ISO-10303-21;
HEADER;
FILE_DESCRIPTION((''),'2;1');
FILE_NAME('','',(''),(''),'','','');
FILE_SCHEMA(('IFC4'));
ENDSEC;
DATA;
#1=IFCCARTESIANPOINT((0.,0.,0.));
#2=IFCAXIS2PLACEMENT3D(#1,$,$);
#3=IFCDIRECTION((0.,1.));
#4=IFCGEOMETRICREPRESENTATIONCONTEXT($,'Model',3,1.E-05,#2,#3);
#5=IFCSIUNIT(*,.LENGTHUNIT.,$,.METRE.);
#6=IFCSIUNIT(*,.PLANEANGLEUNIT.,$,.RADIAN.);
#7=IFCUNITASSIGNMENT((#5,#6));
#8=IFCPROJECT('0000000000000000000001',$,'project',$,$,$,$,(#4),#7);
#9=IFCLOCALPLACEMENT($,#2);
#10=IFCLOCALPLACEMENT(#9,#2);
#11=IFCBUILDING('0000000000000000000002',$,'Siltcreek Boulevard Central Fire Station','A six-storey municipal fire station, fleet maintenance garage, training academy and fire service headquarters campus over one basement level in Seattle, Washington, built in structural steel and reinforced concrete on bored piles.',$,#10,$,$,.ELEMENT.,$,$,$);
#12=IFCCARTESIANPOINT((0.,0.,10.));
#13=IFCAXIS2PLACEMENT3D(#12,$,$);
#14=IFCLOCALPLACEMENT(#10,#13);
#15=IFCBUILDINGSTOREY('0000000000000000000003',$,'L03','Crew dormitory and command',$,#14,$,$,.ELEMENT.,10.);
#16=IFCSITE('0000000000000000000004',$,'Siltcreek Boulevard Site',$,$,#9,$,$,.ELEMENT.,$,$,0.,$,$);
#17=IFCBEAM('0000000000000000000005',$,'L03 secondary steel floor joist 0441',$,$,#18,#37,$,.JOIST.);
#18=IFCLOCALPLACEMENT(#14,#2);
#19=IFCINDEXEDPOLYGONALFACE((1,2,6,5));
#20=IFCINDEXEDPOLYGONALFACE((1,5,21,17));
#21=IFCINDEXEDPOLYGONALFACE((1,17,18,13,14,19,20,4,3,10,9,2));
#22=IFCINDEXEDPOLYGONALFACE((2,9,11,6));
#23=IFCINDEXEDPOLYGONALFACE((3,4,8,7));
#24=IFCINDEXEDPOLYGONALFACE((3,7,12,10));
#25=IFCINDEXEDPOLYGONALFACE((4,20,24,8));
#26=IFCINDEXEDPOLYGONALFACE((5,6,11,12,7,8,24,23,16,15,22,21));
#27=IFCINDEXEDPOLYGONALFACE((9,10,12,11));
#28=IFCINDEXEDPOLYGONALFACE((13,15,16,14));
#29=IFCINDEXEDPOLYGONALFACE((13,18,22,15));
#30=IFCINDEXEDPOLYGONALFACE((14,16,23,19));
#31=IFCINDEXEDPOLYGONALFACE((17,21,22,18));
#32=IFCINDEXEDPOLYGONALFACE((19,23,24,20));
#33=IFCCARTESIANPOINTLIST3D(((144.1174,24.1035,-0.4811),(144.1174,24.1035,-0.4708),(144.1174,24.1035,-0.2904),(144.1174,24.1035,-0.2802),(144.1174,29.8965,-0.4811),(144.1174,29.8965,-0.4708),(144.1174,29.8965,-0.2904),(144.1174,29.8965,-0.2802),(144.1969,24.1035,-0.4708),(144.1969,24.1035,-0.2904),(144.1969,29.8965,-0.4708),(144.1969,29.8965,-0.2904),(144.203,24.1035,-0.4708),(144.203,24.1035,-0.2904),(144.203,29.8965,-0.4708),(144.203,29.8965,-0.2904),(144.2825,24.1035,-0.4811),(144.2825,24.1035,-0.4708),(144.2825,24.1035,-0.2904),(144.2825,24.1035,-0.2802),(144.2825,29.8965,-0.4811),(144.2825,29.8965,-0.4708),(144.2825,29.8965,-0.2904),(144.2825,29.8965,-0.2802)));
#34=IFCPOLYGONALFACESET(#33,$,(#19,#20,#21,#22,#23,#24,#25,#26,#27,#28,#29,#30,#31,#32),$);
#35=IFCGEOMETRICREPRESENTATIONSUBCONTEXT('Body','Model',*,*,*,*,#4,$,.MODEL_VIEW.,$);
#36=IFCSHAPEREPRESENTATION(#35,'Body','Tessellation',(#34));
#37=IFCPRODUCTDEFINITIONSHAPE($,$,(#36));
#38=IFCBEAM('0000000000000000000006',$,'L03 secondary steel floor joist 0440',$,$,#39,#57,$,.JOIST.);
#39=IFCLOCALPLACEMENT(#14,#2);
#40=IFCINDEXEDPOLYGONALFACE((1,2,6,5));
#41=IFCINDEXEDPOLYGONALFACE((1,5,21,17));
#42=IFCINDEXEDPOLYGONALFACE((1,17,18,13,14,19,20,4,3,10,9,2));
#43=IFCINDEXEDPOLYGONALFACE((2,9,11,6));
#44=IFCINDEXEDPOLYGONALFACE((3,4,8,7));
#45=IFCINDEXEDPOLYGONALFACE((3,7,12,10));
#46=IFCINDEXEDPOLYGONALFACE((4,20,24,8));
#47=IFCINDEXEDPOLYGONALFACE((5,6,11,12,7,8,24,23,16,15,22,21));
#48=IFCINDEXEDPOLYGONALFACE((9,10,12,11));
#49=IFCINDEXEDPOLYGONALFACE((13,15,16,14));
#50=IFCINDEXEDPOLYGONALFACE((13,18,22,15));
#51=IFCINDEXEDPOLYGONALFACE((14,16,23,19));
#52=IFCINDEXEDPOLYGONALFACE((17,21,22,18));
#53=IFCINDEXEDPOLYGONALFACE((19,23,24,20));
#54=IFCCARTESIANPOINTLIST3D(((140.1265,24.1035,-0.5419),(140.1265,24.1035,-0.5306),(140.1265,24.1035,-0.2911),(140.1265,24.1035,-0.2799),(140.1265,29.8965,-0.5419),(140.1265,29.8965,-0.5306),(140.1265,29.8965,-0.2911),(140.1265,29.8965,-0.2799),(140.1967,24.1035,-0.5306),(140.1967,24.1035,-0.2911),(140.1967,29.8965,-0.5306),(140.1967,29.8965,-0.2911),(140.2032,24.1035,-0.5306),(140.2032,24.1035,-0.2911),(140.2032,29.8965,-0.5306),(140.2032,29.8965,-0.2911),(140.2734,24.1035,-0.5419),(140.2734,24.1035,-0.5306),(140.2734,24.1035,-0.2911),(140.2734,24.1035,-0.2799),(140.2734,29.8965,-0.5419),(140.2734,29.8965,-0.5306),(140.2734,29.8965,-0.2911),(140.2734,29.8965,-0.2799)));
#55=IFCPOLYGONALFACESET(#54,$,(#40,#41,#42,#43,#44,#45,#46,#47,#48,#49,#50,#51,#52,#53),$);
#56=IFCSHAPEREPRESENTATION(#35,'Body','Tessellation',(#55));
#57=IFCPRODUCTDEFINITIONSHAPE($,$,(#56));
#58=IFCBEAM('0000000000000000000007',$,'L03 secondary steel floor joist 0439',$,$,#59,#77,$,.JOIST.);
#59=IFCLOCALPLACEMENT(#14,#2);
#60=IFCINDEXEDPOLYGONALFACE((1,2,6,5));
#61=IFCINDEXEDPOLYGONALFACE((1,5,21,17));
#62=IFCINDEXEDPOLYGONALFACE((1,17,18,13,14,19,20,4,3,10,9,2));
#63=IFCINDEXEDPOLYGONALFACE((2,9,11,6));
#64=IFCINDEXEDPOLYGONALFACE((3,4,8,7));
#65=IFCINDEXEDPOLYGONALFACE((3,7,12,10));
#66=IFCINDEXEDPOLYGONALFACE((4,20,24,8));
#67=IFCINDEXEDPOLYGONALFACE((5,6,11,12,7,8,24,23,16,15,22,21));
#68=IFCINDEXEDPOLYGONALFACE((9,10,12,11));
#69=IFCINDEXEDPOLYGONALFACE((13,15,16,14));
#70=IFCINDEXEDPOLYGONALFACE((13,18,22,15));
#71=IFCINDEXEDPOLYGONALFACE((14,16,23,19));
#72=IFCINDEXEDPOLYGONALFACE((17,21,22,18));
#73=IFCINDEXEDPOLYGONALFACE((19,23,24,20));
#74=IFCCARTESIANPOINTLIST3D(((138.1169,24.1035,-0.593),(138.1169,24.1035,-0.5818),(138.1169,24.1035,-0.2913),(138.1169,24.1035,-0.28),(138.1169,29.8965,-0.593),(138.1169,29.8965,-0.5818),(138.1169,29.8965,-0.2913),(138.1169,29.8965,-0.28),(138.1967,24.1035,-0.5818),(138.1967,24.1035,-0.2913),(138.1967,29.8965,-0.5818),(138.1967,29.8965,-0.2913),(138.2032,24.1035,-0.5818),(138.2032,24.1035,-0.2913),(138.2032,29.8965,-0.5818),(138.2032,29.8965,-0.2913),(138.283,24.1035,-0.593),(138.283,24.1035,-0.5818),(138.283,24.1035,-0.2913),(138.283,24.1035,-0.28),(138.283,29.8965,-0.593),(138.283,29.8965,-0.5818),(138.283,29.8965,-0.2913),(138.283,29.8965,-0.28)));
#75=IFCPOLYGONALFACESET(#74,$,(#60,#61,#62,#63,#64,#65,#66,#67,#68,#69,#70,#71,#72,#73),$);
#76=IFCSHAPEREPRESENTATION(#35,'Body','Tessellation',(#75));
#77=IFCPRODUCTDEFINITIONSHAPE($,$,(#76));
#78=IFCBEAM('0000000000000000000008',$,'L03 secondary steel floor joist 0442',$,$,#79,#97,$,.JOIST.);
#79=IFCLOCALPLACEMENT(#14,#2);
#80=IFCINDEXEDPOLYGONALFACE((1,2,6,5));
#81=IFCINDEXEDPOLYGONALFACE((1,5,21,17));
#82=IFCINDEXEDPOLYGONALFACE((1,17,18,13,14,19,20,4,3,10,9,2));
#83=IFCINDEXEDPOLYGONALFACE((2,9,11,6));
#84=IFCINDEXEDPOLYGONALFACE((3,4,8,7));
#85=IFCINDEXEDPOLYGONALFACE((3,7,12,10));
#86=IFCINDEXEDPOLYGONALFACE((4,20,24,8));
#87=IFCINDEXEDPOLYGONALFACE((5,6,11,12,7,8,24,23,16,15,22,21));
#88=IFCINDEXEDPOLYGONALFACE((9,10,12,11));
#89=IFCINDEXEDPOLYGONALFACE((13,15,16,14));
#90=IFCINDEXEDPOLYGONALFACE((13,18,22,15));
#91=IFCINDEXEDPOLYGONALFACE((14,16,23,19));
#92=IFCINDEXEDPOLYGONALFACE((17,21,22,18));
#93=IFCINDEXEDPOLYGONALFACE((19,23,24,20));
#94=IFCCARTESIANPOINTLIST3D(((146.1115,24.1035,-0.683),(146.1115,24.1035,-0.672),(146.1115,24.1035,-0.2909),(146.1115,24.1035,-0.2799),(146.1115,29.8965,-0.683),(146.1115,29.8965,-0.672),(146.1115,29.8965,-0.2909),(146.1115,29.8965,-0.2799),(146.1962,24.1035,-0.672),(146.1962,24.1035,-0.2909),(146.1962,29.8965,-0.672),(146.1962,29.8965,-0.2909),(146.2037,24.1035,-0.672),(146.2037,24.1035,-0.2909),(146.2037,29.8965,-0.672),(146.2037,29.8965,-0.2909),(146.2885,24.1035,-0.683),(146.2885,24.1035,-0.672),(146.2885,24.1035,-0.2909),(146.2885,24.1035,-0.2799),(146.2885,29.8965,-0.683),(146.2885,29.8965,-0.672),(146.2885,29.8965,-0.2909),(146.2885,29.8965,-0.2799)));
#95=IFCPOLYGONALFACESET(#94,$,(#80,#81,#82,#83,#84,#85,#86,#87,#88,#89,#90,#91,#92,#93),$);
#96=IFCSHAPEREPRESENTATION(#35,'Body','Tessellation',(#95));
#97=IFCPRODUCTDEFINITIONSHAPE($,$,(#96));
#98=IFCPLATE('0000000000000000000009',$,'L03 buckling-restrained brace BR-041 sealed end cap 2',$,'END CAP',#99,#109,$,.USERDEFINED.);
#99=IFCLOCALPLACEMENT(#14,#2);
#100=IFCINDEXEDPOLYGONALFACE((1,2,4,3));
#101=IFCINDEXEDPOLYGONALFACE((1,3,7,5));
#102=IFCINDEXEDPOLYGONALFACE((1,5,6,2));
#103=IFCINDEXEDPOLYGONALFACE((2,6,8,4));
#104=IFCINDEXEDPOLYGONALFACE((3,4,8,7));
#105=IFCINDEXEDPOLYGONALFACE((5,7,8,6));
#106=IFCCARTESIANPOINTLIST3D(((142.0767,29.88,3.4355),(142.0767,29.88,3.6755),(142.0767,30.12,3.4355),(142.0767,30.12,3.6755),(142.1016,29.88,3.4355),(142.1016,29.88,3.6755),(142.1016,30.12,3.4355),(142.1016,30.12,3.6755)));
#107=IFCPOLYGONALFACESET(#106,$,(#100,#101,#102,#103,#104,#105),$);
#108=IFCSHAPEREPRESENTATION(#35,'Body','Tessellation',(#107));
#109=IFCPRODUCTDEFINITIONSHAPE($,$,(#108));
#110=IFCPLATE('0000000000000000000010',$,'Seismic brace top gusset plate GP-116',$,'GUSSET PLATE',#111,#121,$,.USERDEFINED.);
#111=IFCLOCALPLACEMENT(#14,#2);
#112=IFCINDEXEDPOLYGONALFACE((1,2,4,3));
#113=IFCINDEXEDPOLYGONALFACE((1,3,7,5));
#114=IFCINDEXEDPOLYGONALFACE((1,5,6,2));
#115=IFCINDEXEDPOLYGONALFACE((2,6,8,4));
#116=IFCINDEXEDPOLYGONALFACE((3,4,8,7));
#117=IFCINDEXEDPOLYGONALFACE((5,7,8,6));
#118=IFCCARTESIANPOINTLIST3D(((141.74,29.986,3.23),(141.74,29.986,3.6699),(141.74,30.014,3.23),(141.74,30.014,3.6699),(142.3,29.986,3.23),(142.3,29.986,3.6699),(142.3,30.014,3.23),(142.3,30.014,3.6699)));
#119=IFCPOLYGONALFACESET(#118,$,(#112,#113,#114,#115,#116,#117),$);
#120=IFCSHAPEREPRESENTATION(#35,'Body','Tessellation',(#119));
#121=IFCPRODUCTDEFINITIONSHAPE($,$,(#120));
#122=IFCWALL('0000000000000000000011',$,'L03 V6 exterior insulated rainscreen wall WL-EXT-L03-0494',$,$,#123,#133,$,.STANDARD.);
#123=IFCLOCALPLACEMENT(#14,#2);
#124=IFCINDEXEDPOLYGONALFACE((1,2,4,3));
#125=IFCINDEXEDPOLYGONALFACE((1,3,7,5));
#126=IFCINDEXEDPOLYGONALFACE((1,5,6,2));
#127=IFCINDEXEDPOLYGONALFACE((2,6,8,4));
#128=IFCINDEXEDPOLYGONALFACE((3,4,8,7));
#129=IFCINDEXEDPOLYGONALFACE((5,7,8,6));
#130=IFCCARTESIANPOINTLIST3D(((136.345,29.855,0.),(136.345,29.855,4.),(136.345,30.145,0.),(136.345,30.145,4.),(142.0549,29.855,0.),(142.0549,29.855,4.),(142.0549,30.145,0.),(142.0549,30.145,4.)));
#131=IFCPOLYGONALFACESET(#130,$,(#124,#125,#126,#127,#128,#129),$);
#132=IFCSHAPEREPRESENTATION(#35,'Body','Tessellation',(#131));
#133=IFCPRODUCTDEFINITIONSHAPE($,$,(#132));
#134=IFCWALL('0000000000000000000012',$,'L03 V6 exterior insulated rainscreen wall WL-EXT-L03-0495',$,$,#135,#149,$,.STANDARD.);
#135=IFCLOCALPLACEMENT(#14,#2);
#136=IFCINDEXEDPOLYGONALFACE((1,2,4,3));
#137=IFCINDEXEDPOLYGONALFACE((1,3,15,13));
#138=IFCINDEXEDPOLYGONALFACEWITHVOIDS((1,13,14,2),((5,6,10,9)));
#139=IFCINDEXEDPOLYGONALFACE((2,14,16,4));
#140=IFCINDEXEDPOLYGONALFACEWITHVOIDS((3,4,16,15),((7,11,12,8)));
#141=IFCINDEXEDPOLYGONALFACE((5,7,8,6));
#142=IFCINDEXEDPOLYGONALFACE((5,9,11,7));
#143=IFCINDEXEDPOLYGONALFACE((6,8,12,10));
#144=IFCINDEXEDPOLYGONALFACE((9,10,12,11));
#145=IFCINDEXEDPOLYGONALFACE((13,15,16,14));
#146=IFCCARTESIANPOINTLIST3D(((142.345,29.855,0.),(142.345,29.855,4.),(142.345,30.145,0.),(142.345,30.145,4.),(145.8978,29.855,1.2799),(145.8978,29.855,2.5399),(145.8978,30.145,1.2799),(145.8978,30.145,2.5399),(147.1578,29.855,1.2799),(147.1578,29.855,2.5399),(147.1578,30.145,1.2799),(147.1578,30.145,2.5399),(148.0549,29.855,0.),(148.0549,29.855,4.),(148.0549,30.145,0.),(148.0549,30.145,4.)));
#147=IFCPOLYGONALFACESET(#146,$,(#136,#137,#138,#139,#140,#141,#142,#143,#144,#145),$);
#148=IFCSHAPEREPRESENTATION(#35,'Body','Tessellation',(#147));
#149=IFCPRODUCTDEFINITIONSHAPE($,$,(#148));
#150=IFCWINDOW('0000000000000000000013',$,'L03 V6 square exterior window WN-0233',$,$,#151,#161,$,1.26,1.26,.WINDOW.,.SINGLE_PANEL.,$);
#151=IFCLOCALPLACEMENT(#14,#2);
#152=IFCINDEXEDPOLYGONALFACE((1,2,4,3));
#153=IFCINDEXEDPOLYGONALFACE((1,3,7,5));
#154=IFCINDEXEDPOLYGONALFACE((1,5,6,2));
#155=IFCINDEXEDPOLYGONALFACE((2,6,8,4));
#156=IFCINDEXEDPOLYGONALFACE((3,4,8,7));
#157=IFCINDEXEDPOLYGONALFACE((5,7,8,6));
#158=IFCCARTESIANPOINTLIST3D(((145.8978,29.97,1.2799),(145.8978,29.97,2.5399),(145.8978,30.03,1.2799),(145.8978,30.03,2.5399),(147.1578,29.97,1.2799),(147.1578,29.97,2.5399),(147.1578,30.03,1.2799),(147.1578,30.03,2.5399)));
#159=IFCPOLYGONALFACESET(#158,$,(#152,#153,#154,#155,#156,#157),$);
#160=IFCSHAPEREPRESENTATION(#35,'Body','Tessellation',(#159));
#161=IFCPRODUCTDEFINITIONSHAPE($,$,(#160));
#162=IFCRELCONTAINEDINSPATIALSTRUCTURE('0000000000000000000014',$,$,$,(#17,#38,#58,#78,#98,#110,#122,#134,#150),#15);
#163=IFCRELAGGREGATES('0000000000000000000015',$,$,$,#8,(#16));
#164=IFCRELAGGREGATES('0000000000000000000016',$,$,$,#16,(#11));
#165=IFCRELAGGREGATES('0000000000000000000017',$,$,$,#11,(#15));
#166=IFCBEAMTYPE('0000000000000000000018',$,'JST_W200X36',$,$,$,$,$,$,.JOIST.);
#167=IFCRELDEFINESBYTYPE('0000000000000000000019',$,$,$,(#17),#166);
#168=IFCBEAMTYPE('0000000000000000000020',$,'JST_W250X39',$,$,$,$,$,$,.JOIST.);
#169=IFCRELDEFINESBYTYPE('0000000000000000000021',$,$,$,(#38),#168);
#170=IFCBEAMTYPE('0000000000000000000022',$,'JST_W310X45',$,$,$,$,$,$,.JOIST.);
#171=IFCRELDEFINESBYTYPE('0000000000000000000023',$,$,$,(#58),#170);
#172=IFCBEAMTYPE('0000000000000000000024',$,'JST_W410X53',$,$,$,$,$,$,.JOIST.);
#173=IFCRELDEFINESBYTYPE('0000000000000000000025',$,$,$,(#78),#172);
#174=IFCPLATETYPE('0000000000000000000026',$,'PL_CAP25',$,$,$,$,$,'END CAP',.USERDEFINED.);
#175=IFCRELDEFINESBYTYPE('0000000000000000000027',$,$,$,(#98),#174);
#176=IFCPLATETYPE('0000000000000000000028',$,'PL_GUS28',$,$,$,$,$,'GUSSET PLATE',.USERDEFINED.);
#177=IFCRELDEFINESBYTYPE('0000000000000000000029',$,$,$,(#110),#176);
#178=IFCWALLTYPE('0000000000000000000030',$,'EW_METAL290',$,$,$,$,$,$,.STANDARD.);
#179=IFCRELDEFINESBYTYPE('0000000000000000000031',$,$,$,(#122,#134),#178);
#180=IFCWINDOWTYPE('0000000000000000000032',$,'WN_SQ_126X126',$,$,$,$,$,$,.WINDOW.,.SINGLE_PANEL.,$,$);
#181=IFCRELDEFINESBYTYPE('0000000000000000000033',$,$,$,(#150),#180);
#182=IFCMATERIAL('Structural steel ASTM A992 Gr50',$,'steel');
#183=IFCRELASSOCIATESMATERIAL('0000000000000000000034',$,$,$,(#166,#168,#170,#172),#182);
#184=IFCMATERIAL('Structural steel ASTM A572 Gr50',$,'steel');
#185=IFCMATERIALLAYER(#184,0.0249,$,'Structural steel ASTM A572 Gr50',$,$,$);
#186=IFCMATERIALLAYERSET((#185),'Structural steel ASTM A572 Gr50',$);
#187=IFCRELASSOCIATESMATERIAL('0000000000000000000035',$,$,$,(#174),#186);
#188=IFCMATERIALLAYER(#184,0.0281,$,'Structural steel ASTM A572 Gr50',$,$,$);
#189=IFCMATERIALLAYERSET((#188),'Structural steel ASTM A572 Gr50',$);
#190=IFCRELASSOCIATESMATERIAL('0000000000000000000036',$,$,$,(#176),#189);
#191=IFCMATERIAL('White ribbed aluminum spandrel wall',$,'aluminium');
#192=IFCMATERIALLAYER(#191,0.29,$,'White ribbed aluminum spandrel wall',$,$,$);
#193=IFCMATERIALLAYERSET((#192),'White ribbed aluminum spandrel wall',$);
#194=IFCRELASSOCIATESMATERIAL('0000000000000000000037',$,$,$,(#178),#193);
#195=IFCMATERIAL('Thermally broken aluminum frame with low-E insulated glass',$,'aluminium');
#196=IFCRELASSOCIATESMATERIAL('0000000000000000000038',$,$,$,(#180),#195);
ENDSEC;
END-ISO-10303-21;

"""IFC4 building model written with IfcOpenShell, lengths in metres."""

from ifc_helpers import new_model, si_unit, direction, frame, frame_2d, origin, origin_2d, place, context, subcontext, project, spatial, rectangle, i_section, extrude, material, layer, layer_set, material_profile, profile_set, type_object, element, fill, save


model = new_model("IFC4")

# Units and contexts
model_context = context("Model", 3, precision=1e-05, world=origin(), true_north=direction((0.0, 1.0)))
body_context = subcontext(model_context, "Body", "Model", "MODEL_VIEW")
ifc_project = project(units=[si_unit("LENGTHUNIT", "METRE"), si_unit("PLANEANGLEUNIT", "RADIAN")], contexts=[model_context])

# Site, building, storey
site_placement = place(None, origin())
site = spatial("IfcSite", under=ifc_project, at=site_placement, Name="Siltcreek Boulevard Site", CompositionType="ELEMENT", RefElevation=0.0)
building_placement = place(site_placement, origin())
building = spatial("IfcBuilding", under=site, at=building_placement, Name="Siltcreek Boulevard Central Fire Station", Description="A six-storey municipal fire station, fleet maintenance garage, training academy and fire service headquarters campus over one basement level in Seattle, Washington, built in structural steel and reinforced concrete on bored piles.", CompositionType="ELEMENT")
storey_placement = place(building_placement, frame((0.0, 0.0, 10.0)))
storey = spatial("IfcBuildingStorey", under=building, at=storey_placement, Name="L03", Description="Crew dormitory and command", CompositionType="ELEMENT", Elevation=10.0)

# Shared definitions
ifc_material_1 = material(Name="Structural steel ASTM A992 Gr50", Category="steel")

# Beams
ifc_material_profile_1 = material_profile(ifc_material_1, i_section(OverallWidth=0.165, OverallDepth=0.2009, WebThickness=0.0061, FlangeThickness=0.0103, at=origin_2d()), Name="W200X36")
ifc_profile_set_1 = profile_set([ifc_material_profile_1], Name="Structural steel ASTM A992 Gr50")
beam_type_1 = type_object("IfcBeamType", Name="JST_W200X36", PredefinedType="JOIST", material=ifc_profile_set_1)
beam_1_placement = place(storey_placement, frame((144.2, 24.1035, -0.3806), z_axis=(0.0, 1.0, 0.0), x_axis=(-1.0, 0.0, 0.0)))
element("IfcBeam", 1, at=beam_1_placement, inside=storey, type_object=beam_type_1, Name="L03 secondary steel floor joist 0441", PredefinedType="JOIST", context=body_context, shape_type="SweptSolid", body=[
    extrude(i_section(OverallWidth=0.165, OverallDepth=0.2009, WebThickness=0.0061, FlangeThickness=0.0103, at=origin_2d()), origin(), (0.0, 0.0, 1.0), 5.793),
])
ifc_material_profile_2 = material_profile(ifc_material_1, i_section(OverallWidth=0.147, OverallDepth=0.262, WebThickness=0.0066, FlangeThickness=0.0112, at=origin_2d()), Name="W250X39")
ifc_profile_set_2 = profile_set([ifc_material_profile_2], Name="Structural steel ASTM A992 Gr50")
beam_type_2 = type_object("IfcBeamType", Name="JST_W250X39", PredefinedType="JOIST", material=ifc_profile_set_2)
beam_2_placement = place(storey_placement, frame((140.2, 24.1035, -0.4109), z_axis=(0.0, 1.0, 0.0), x_axis=(-1.0, 0.0, 0.0)))
element("IfcBeam", 2, at=beam_2_placement, inside=storey, type_object=beam_type_2, Name="L03 secondary steel floor joist 0440", PredefinedType="JOIST", context=body_context, shape_type="SweptSolid", body=[
    extrude(i_section(OverallWidth=0.147, OverallDepth=0.262, WebThickness=0.0066, FlangeThickness=0.0112, at=origin_2d()), origin(), (0.0, 0.0, 1.0), 5.793),
])
ifc_material_profile_3 = material_profile(ifc_material_1, i_section(OverallWidth=0.166, OverallDepth=0.313, WebThickness=0.0066, FlangeThickness=0.0112, at=origin_2d()), Name="W310X45")
ifc_profile_set_3 = profile_set([ifc_material_profile_3], Name="Structural steel ASTM A992 Gr50")
beam_type_3 = type_object("IfcBeamType", Name="JST_W310X45", PredefinedType="JOIST", material=ifc_profile_set_3)
beam_3_placement = place(storey_placement, frame((138.2, 24.1035, -0.4365), z_axis=(0.0, 1.0, 0.0), x_axis=(-1.0, 0.0, 0.0)))
element("IfcBeam", 3, at=beam_3_placement, inside=storey, type_object=beam_type_3, Name="L03 secondary steel floor joist 0439", PredefinedType="JOIST", context=body_context, shape_type="SweptSolid", body=[
    extrude(i_section(OverallWidth=0.166, OverallDepth=0.313, WebThickness=0.0066, FlangeThickness=0.0112, at=origin_2d()), origin(), (0.0, 0.0, 1.0), 5.793),
])
ifc_material_profile_4 = material_profile(ifc_material_1, i_section(OverallWidth=0.177, OverallDepth=0.4031, WebThickness=0.0076, FlangeThickness=0.011, at=origin_2d()), Name="W410X53")
ifc_profile_set_4 = profile_set([ifc_material_profile_4], Name="Structural steel ASTM A992 Gr50")
beam_type_4 = type_object("IfcBeamType", Name="JST_W410X53", PredefinedType="JOIST", material=ifc_profile_set_4)
beam_4_placement = place(storey_placement, frame((146.2, 24.1035, -0.4814), z_axis=(0.0, 1.0, 0.0), x_axis=(-1.0, 0.0, 0.0)))
element("IfcBeam", 4, at=beam_4_placement, inside=storey, type_object=beam_type_4, Name="L03 secondary steel floor joist 0442", PredefinedType="JOIST", context=body_context, shape_type="SweptSolid", body=[
    extrude(i_section(OverallWidth=0.177, OverallDepth=0.4031, WebThickness=0.0076, FlangeThickness=0.011, at=origin_2d()), origin(), (0.0, 0.0, 1.0), 5.793),
])

# Plates
ifc_material_2 = material(Name="Structural steel ASTM A572 Gr50", Category="steel")
ifc_layer_1 = layer(ifc_material_2, 0.0249, Name="Structural steel ASTM A572 Gr50")
ifc_layer_set_1 = layer_set([ifc_layer_1], Name="Structural steel ASTM A572 Gr50")
plate_type_1 = type_object("IfcPlateType", Name="PL_CAP25", ElementType="END CAP", PredefinedType="USERDEFINED", material=ifc_layer_set_1)
plate_1_placement = place(storey_placement, frame((142.0891, 30.0, 3.4355), z_axis=(0.0, 0.0, 1.0), x_axis=(1.0, 0.0, 0.0)))
element("IfcPlate", 5, at=plate_1_placement, inside=storey, type_object=plate_type_1, Name="L03 buckling-restrained brace BR-041 sealed end cap 2", ObjectType="END CAP", PredefinedType="USERDEFINED", context=body_context, shape_type="SweptSolid", body=[
    extrude(rectangle(XDim=0.0249, YDim=0.24, at=origin_2d()), origin(), (0.0, 0.0, 1.0), 0.24),
])
ifc_layer_2 = layer(ifc_material_2, 0.0281, Name="Structural steel ASTM A572 Gr50")
ifc_layer_set_2 = layer_set([ifc_layer_2], Name="Structural steel ASTM A572 Gr50")
plate_type_2 = type_object("IfcPlateType", Name="PL_GUS28", ElementType="GUSSET PLATE", PredefinedType="USERDEFINED", material=ifc_layer_set_2)
plate_2_placement = place(storey_placement, frame((142.02, 30.0, 3.23), z_axis=(0.0, 0.0, 1.0), x_axis=(1.0, 0.0, 0.0)))
element("IfcPlate", 6, at=plate_2_placement, inside=storey, type_object=plate_type_2, Name="Seismic brace top gusset plate GP-116", ObjectType="GUSSET PLATE", PredefinedType="USERDEFINED", context=body_context, shape_type="SweptSolid", body=[
    extrude(rectangle(XDim=0.5601, YDim=0.0281, at=origin_2d()), origin(), (0.0, 0.0, 1.0), 0.4399),
])

# Wall
ifc_material_3 = material(Name="White ribbed aluminum spandrel wall", Category="aluminium")
ifc_layer_3 = layer(ifc_material_3, 0.29, Name="White ribbed aluminum spandrel wall")
ifc_layer_set_3 = layer_set([ifc_layer_3], Name="White ribbed aluminum spandrel wall")
wall_type_1 = type_object("IfcWallType", Name="EW_METAL290", PredefinedType="STANDARD", material=ifc_layer_set_3)
wall_1_placement = place(storey_placement, frame((142.0549, 30.0, 0.0), z_axis=(0.0, 0.0, 1.0), x_axis=(-1.0, 0.0, 0.0)))
element("IfcWall", 7, at=wall_1_placement, inside=storey, type_object=wall_type_1, Name="L03 V6 exterior insulated rainscreen wall WL-EXT-L03-0494", PredefinedType="STANDARD", context=body_context, shape_type="SweptSolid", body=[
    extrude(rectangle(XDim=5.71, YDim=0.29, at=frame_2d((2.855, 0.0))), origin(), (0.0, 0.0, 1.0), 4.0),
])

# Wall, opening, window
wall_2_placement = place(storey_placement, frame((148.0549, 30.0, 0.0), z_axis=(0.0, 0.0, 1.0), x_axis=(-1.0, 0.0, 0.0)))
wall_2 = element("IfcWall", 8, at=wall_2_placement, inside=storey, type_object=wall_type_1, Name="L03 V6 exterior insulated rainscreen wall WL-EXT-L03-0495", PredefinedType="STANDARD", context=body_context, shape_type="SweptSolid", body=[
    extrude(rectangle(XDim=5.71, YDim=0.29, at=frame_2d((2.855, 0.0))), origin(), (0.0, 0.0, 1.0), 4.0),
])
opening_1_placement = place(wall_2_placement, frame((0.8972, 0.0, 1.28)))
opening_1 = element("IfcOpeningElement", 9, at=opening_1_placement, cuts=wall_2, PredefinedType="OPENING", context=body_context, shape_type="SweptSolid", body=[
    extrude(rectangle(XDim=1.26, YDim=1.26, at=frame_2d((0.6299, 0.6299))), frame((0.0, 0.155, 0.0), z_axis=(0.0, -1.0, 0.0), x_axis=(1.0, 0.0, 0.0)), (0.0, 0.0, 1.0), 0.3101),
])
ifc_material_4 = material(Name="Thermally broken aluminum frame with low-E insulated glass", Category="aluminium")
window_type = type_object("IfcWindowType", Name="WN_SQ_126X126", PartitioningType="SINGLE_PANEL", PredefinedType="WINDOW", material=ifc_material_4)
window_placement = place(opening_1_placement, origin())
window = element("IfcWindow", 10, at=window_placement, inside=storey, type_object=window_type, Name="L03 V6 square exterior window WN-0233", OverallHeight=1.26, OverallWidth=1.26, PartitioningType="SINGLE_PANEL", PredefinedType="WINDOW", context=body_context, shape_type="SweptSolid", body=[
    extrude(rectangle(XDim=1.26, YDim=1.26, at=frame_2d((0.6299, 0.6299))), frame((0.0, 0.03, 0.0), z_axis=(0.0, -1.0, 0.0), x_axis=(1.0, 0.0, 0.0)), (0.0, 0.0, 1.0), 0.0601),
])
fill(opening_1, window)

save(model, "model.ifc")
